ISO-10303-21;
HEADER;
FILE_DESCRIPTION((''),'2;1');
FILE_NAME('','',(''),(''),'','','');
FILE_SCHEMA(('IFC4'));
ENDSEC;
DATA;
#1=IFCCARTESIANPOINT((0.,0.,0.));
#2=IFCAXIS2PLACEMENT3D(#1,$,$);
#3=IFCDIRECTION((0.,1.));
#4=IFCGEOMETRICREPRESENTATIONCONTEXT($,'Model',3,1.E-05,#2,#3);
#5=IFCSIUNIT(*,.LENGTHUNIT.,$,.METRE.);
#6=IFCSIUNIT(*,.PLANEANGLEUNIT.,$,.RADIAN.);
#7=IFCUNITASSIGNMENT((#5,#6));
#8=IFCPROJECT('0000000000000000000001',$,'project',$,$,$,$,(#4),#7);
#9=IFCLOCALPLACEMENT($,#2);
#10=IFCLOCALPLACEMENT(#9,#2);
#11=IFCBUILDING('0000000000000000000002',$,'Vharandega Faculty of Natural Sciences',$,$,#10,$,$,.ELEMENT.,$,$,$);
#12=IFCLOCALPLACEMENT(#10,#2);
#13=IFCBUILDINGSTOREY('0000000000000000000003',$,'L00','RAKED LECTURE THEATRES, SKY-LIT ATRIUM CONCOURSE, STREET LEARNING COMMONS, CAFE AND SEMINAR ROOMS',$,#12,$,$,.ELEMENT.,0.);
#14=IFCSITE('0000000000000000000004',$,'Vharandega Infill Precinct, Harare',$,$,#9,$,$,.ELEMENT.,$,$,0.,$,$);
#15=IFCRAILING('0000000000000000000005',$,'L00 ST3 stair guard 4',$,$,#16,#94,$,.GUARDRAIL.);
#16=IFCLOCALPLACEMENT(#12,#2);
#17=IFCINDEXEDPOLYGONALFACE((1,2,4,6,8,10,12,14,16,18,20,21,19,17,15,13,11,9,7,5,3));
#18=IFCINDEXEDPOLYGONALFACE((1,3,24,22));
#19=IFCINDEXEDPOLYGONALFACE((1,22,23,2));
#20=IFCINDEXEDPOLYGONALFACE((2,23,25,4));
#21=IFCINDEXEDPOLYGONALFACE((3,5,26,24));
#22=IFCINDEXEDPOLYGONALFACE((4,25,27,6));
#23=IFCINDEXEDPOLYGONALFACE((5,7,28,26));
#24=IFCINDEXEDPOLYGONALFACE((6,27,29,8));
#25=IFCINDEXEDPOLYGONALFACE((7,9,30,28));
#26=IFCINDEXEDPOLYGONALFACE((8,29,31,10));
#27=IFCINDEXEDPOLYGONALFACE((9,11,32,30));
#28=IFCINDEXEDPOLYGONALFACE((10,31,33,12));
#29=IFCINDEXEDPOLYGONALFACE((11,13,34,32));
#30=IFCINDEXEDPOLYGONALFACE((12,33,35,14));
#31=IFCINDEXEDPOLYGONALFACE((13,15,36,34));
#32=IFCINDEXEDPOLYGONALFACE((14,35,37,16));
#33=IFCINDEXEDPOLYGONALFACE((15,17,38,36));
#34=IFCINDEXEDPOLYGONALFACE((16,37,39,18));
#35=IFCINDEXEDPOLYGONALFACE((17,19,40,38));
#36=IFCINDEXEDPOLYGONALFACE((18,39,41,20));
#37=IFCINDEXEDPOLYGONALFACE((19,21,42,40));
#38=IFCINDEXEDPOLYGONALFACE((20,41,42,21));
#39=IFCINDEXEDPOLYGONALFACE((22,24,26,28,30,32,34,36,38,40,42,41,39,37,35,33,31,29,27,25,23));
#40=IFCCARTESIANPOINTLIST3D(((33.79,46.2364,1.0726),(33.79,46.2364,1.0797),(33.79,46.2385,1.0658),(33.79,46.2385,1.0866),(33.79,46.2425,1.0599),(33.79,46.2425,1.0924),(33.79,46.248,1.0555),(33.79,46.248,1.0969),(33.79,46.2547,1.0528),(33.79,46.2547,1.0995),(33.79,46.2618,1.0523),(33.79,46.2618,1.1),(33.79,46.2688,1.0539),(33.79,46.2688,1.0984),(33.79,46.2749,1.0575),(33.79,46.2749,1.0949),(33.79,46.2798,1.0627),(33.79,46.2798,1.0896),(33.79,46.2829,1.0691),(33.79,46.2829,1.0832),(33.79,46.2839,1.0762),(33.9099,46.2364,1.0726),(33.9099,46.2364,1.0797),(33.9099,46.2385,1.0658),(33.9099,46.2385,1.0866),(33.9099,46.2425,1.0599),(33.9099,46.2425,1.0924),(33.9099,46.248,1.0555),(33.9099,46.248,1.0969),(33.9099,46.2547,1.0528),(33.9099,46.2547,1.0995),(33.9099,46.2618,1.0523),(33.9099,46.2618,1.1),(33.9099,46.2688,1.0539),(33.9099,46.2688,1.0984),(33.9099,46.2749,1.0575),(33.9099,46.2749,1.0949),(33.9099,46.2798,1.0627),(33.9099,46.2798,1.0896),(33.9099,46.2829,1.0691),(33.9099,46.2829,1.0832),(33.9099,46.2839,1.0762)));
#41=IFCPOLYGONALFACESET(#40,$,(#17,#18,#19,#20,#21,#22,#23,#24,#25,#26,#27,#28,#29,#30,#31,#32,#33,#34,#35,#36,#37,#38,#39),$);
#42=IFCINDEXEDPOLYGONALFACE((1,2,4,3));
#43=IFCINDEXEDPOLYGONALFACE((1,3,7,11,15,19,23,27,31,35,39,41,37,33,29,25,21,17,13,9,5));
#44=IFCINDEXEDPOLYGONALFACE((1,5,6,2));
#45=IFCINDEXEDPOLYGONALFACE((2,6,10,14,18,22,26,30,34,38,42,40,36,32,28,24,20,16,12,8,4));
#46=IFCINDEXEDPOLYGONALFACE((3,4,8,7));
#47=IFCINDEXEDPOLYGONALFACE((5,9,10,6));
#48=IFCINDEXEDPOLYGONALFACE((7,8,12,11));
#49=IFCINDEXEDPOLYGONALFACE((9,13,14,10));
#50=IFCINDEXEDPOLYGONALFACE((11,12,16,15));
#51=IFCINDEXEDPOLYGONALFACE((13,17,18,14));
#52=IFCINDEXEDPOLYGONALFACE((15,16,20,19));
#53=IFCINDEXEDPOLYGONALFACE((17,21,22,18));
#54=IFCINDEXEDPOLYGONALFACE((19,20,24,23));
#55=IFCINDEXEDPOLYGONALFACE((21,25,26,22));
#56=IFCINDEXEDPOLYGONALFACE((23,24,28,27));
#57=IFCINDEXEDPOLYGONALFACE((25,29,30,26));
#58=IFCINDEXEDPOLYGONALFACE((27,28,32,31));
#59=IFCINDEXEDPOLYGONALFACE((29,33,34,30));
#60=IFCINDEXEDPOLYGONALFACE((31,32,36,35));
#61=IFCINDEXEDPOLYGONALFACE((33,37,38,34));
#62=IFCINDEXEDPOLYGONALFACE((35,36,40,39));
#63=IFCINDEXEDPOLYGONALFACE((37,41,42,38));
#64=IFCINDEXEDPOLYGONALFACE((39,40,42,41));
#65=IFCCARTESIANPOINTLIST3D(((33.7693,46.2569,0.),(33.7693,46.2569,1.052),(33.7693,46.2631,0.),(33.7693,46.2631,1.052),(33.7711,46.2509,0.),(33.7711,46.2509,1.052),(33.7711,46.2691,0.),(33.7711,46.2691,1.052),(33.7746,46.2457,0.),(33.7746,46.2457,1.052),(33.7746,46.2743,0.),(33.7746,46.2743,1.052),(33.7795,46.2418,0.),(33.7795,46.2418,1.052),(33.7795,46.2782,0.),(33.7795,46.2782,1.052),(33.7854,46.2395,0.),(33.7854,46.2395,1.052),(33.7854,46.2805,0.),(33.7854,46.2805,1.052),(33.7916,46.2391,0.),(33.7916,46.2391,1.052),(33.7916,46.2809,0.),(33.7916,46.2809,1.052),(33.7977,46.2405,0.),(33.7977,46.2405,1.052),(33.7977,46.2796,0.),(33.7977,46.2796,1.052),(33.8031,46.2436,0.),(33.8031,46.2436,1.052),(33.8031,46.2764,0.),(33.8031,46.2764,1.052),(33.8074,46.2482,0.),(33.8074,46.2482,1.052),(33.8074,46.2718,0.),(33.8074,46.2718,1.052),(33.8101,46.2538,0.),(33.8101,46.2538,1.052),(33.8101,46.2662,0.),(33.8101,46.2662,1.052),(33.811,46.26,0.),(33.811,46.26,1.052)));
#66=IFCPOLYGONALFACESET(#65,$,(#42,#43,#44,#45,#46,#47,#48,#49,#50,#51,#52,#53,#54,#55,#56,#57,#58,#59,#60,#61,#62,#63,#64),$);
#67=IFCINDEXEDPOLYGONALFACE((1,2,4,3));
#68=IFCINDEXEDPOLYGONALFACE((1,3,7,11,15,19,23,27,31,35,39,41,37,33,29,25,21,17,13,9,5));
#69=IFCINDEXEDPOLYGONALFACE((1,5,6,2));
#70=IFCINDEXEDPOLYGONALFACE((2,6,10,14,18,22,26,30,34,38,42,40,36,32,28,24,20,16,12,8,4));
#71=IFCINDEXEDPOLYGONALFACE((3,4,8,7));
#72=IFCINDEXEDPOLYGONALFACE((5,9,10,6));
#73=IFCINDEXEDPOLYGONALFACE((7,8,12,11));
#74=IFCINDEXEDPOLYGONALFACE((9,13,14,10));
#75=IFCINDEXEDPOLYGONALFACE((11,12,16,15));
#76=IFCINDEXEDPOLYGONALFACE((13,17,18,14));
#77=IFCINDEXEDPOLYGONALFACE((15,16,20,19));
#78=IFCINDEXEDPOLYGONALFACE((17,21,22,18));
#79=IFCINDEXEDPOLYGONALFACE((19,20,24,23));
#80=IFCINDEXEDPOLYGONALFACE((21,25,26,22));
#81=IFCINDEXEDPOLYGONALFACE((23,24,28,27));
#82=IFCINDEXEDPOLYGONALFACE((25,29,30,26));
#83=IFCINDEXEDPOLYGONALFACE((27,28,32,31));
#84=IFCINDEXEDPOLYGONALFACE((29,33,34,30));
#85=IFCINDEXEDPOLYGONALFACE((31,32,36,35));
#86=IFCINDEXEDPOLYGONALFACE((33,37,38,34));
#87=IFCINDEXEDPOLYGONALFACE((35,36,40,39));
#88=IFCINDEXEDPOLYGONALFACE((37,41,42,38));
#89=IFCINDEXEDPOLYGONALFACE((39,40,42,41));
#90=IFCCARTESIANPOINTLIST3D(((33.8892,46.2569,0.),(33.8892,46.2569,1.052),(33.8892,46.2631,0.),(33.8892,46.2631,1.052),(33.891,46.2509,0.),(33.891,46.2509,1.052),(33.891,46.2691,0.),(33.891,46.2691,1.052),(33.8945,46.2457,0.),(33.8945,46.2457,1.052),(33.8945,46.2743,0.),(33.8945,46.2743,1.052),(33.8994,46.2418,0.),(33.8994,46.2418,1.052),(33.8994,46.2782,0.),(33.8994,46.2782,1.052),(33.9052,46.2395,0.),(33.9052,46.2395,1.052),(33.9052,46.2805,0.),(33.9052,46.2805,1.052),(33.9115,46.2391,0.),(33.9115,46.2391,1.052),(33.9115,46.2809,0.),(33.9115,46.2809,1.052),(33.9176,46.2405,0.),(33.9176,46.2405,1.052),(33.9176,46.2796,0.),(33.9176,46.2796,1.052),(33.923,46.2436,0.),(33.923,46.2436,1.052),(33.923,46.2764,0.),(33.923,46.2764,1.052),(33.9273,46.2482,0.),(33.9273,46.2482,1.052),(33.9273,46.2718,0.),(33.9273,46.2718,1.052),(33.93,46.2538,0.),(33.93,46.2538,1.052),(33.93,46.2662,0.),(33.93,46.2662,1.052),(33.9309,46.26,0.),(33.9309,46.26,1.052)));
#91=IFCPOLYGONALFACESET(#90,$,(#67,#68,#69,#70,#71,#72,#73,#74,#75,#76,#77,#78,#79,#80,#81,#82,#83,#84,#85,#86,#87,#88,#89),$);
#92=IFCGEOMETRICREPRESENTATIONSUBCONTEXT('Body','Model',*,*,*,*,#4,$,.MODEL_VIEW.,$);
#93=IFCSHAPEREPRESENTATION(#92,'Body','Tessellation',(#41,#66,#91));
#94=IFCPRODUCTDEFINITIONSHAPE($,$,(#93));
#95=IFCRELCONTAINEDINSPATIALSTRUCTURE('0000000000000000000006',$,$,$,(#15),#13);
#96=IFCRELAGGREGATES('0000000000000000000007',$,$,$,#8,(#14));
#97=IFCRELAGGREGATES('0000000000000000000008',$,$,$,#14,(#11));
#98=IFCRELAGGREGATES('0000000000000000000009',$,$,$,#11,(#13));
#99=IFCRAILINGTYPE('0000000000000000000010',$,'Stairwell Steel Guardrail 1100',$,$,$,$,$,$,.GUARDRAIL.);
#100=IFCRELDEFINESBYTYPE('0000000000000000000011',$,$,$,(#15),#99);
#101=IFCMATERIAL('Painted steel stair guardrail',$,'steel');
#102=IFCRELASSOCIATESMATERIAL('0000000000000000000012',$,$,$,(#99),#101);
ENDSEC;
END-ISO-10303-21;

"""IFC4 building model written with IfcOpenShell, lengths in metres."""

from ifc_helpers import new_model, si_unit, direction, frame, origin, origin_2d, place, context, subcontext, project, spatial, circle, extrude, material, type_object, element, save


model = new_model("IFC4")

# Units and contexts
model_context = context("Model", 3, precision=1e-05, world=origin(), true_north=direction((0.0, 1.0)))
body_context = subcontext(model_context, "Body", "Model", "MODEL_VIEW")
ifc_project = project(units=[si_unit("LENGTHUNIT", "METRE"), si_unit("PLANEANGLEUNIT", "RADIAN")], contexts=[model_context])

# Site, building, storey
site_placement = place(None, origin())
site = spatial("IfcSite", under=ifc_project, at=site_placement, Name="Vharandega Infill Precinct, Harare", CompositionType="ELEMENT", RefElevation=0.0)
building_placement = place(site_placement, origin())
building = spatial("IfcBuilding", under=site, at=building_placement, Name="Vharandega Faculty of Natural Sciences", CompositionType="ELEMENT")
storey_placement = place(building_placement, origin())
storey = spatial("IfcBuildingStorey", under=building, at=storey_placement, Name="L00", Description="RAKED LECTURE THEATRES, SKY-LIT ATRIUM CONCOURSE, STREET LEARNING COMMONS, CAFE AND SEMINAR ROOMS", CompositionType="ELEMENT", Elevation=0.0)

# Railing
ifc_material_1 = material(Name="Painted steel stair guardrail", Category="steel")
railing_type_1 = type_object("IfcRailingType", Name="Stairwell Steel Guardrail 1100", PredefinedType="GUARDRAIL", material=ifc_material_1)
railing_1_placement = place(storey_placement, frame((33.79, 46.26, 0.0)))
element("IfcRailing", 1, at=railing_1_placement, inside=storey, type_object=railing_type_1, Name="L00 ST3 stair guard 4", PredefinedType="GUARDRAIL", context=body_context, shape_type="SweptSolid", body=[
    extrude(circle(Radius=0.0239, at=origin_2d()), frame((0.0, 0.0, 1.0762), z_axis=(1.0, 0.0, 0.0), x_axis=(0.0, 1.0, 0.0)), (0.0, 0.0, 1.0), 0.1199),
    extrude(circle(Radius=0.021, at=origin_2d()), origin(), (0.0, 0.0, 1.0), 1.052),
    extrude(circle(Radius=0.021, at=origin_2d()), frame((0.1199, 0.0, 0.0)), (0.0, 0.0, 1.0), 1.052),
])

save(model, "model.ifc")
